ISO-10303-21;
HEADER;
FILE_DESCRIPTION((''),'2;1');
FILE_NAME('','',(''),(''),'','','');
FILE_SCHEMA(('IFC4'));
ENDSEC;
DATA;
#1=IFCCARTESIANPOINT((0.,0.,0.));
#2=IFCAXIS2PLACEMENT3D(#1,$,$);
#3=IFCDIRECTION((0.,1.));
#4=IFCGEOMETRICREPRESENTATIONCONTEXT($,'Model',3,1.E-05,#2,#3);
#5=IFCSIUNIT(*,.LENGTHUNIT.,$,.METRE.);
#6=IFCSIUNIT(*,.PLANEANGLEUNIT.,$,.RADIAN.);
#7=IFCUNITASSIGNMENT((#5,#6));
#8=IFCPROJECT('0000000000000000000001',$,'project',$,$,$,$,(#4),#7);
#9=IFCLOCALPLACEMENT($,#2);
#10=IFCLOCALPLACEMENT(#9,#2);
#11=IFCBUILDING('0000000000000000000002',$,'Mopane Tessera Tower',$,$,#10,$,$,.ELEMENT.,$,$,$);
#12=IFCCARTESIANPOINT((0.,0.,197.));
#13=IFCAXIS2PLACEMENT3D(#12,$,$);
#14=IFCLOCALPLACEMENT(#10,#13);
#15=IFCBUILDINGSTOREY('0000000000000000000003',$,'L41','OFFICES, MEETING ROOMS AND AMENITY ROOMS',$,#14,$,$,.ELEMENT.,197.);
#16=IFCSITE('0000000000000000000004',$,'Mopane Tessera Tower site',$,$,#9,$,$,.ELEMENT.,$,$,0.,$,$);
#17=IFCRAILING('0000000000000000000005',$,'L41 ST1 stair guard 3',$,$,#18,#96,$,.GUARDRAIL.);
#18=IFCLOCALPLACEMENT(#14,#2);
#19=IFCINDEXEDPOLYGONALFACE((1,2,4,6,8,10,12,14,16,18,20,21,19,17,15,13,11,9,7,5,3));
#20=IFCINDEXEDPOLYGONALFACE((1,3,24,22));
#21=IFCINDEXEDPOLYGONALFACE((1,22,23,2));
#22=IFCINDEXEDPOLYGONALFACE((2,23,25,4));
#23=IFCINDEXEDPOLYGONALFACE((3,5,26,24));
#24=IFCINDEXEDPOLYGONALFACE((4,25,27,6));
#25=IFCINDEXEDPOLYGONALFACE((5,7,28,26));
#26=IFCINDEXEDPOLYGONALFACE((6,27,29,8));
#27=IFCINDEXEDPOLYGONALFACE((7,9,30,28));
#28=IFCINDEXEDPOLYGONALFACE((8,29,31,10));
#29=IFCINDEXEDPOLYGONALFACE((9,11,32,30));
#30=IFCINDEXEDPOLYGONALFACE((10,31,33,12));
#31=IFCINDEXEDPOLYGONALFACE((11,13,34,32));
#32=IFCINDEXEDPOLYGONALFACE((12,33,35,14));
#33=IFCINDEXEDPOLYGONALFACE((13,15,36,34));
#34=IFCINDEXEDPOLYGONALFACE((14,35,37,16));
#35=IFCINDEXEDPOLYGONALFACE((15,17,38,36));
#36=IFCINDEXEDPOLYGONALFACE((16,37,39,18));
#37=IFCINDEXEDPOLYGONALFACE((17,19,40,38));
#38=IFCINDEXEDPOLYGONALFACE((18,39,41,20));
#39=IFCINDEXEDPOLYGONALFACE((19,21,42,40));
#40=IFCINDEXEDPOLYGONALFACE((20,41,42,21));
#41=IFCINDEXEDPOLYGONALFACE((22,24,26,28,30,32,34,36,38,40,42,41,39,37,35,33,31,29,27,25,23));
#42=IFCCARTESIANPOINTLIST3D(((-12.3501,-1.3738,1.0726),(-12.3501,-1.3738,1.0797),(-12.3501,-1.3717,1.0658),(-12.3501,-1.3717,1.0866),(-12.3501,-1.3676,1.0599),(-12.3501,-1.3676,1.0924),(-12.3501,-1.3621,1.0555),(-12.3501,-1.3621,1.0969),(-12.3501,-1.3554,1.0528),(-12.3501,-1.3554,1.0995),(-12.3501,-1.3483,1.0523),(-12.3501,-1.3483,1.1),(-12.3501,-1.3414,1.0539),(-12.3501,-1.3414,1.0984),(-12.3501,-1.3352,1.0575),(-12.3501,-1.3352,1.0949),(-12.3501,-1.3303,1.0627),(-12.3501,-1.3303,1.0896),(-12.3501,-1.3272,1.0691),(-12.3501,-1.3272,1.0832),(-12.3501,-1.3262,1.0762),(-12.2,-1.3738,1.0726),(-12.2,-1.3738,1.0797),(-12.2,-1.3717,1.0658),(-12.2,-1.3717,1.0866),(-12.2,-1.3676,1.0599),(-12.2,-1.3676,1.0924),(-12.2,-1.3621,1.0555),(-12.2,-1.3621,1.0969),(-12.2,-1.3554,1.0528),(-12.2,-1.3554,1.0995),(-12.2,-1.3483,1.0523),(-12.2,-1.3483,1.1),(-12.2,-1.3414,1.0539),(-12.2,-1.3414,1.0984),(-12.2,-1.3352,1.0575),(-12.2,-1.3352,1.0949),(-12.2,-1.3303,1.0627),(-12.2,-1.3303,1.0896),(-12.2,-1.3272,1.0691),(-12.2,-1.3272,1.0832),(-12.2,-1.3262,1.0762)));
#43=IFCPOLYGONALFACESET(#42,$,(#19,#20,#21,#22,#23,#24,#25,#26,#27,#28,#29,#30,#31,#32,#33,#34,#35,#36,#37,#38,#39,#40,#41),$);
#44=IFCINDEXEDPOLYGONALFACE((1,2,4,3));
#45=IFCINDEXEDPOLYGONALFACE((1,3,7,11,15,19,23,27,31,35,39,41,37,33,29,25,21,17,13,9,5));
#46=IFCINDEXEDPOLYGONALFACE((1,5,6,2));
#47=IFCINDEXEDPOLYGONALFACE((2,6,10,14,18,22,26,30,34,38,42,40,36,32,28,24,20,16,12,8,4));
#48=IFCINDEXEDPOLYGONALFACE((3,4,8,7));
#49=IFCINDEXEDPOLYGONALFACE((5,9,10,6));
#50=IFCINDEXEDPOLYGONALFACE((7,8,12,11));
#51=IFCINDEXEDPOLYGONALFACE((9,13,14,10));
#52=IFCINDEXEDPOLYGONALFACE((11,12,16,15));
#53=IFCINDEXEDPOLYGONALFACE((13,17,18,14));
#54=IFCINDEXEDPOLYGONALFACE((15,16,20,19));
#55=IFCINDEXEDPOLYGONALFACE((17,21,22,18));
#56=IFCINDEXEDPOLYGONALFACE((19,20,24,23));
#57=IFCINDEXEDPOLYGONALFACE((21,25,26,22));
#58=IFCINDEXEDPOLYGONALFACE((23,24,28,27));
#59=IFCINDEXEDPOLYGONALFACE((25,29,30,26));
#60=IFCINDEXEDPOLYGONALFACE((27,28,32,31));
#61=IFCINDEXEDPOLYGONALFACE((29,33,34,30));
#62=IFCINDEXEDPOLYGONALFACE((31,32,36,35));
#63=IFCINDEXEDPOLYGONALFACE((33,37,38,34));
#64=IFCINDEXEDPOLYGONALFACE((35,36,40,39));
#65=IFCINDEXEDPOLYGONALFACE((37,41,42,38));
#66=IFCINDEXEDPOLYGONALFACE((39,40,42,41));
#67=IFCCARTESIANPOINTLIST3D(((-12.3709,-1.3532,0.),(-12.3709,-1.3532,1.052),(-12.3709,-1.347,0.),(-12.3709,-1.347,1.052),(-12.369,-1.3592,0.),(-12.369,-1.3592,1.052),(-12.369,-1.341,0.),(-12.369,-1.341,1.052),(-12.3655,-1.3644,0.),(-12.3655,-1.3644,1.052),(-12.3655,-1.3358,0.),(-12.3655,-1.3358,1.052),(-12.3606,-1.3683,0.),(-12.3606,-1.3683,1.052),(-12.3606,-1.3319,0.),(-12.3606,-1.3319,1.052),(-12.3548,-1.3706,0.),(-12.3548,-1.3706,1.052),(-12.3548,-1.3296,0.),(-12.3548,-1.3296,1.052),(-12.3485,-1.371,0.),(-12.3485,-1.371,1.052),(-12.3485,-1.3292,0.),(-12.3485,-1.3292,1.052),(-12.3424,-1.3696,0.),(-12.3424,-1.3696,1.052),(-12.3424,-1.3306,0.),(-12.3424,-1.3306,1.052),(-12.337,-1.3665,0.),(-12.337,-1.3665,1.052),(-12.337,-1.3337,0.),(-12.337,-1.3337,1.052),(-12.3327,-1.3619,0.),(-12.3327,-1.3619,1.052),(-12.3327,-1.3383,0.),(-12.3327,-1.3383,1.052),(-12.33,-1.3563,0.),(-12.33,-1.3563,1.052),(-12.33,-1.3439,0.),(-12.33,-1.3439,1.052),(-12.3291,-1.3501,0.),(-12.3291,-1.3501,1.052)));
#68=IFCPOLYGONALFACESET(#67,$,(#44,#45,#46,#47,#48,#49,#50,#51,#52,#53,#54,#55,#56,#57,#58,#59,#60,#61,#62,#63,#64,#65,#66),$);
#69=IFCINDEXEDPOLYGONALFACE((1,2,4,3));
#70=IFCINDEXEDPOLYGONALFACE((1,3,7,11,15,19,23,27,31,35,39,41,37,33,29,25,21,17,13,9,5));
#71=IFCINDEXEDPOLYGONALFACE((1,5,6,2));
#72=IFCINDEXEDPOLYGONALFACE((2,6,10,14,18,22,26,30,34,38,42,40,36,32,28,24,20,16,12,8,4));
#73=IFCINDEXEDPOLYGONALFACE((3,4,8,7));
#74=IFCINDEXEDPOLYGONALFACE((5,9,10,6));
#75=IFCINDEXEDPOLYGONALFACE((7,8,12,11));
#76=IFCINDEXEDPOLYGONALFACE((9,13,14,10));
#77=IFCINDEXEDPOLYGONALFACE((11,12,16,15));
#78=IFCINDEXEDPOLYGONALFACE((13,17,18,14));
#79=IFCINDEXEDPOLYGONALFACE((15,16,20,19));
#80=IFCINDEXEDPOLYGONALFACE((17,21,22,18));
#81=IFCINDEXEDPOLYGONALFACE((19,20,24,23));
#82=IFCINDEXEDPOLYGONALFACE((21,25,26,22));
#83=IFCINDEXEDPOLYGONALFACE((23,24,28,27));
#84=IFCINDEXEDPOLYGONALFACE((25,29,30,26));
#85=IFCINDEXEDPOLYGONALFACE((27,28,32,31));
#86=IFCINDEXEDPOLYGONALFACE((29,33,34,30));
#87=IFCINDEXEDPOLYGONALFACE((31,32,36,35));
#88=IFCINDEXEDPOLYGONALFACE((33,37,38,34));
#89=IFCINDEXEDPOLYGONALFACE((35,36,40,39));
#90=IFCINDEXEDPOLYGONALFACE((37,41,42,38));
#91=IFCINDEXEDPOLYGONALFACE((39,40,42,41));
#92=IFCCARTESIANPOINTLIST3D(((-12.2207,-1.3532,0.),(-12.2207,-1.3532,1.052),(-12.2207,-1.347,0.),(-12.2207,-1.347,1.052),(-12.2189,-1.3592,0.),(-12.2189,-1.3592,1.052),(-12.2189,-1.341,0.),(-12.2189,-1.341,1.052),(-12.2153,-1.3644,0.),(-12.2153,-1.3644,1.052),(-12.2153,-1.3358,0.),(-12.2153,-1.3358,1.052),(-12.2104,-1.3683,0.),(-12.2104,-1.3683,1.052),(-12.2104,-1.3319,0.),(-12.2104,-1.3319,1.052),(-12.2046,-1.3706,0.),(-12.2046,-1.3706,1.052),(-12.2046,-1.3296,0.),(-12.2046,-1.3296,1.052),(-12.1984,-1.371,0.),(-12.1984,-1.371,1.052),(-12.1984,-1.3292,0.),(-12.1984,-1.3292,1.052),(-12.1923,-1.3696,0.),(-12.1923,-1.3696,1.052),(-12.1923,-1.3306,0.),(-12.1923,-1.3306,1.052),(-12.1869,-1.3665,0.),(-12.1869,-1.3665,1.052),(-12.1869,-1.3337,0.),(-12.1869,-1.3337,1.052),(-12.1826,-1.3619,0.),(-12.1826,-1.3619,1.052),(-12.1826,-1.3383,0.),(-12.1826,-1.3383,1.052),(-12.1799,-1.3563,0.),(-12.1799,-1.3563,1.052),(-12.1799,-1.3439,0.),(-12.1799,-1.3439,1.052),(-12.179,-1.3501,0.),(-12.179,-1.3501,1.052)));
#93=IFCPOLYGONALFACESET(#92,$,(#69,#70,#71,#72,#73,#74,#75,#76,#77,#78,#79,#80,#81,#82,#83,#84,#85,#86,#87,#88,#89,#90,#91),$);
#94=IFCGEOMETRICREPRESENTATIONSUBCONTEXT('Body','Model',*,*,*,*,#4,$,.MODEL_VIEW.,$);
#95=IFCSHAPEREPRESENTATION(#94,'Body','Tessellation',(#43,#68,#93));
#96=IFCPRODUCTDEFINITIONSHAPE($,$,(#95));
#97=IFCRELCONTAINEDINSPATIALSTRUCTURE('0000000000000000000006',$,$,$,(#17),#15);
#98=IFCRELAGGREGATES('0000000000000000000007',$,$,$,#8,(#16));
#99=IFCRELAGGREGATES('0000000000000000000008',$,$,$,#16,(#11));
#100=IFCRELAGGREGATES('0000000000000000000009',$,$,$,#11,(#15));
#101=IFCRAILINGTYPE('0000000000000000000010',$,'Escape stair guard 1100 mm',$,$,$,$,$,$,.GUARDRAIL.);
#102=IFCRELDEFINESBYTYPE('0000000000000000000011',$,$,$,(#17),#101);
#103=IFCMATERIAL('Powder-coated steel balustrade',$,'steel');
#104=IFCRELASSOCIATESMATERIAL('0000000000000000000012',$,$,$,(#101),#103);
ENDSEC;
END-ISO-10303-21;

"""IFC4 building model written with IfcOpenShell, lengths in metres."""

from ifc_helpers import new_model, si_unit, direction, frame, origin, origin_2d, place, context, subcontext, project, spatial, circle, extrude, material, type_object, element, save


model = new_model("IFC4")

# Units and contexts
model_context = context("Model", 3, precision=1e-05, world=origin(), true_north=direction((0.0, 1.0)))
body_context = subcontext(model_context, "Body", "Model", "MODEL_VIEW")
ifc_project = project(units=[si_unit("LENGTHUNIT", "METRE"), si_unit("PLANEANGLEUNIT", "RADIAN")], contexts=[model_context])

# Site, building, storey
site_placement = place(None, origin())
site = spatial("IfcSite", under=ifc_project, at=site_placement, Name="Mopane Tessera Tower site", CompositionType="ELEMENT", RefElevation=0.0)
building_placement = place(site_placement, origin())
building = spatial("IfcBuilding", under=site, at=building_placement, Name="Mopane Tessera Tower", CompositionType="ELEMENT")
storey_placement = place(building_placement, frame((0.0, 0.0, 197.0)))
storey = spatial("IfcBuildingStorey", under=building, at=storey_placement, Name="L41", Description="OFFICES, MEETING ROOMS AND AMENITY ROOMS", CompositionType="ELEMENT", Elevation=197.0)

# Railing
ifc_material_1 = material(Name="Powder-coated steel balustrade", Category="steel")
railing_type_1 = type_object("IfcRailingType", Name="Escape stair guard 1100 mm", PredefinedType="GUARDRAIL", material=ifc_material_1)
railing_1_placement = place(storey_placement, frame((-12.3501, -1.3501, 0.0)))
element("IfcRailing", 1, at=railing_1_placement, inside=storey, type_object=railing_type_1, Name="L41 ST1 stair guard 3", PredefinedType="GUARDRAIL", context=body_context, shape_type="SweptSolid", body=[
    extrude(circle(Radius=0.0239, at=origin_2d()), frame((0.0, 0.0, 1.0762), z_axis=(1.0, 0.0, 0.0), x_axis=(0.0, 1.0, 0.0)), (0.0, 0.0, 1.0), 0.1501),
    extrude(circle(Radius=0.021, at=origin_2d()), origin(), (0.0, 0.0, 1.0), 1.052),
    extrude(circle(Radius=0.021, at=origin_2d()), frame((0.1501, 0.0, 0.0)), (0.0, 0.0, 1.0), 1.052),
])

save(model, "model.ifc")
